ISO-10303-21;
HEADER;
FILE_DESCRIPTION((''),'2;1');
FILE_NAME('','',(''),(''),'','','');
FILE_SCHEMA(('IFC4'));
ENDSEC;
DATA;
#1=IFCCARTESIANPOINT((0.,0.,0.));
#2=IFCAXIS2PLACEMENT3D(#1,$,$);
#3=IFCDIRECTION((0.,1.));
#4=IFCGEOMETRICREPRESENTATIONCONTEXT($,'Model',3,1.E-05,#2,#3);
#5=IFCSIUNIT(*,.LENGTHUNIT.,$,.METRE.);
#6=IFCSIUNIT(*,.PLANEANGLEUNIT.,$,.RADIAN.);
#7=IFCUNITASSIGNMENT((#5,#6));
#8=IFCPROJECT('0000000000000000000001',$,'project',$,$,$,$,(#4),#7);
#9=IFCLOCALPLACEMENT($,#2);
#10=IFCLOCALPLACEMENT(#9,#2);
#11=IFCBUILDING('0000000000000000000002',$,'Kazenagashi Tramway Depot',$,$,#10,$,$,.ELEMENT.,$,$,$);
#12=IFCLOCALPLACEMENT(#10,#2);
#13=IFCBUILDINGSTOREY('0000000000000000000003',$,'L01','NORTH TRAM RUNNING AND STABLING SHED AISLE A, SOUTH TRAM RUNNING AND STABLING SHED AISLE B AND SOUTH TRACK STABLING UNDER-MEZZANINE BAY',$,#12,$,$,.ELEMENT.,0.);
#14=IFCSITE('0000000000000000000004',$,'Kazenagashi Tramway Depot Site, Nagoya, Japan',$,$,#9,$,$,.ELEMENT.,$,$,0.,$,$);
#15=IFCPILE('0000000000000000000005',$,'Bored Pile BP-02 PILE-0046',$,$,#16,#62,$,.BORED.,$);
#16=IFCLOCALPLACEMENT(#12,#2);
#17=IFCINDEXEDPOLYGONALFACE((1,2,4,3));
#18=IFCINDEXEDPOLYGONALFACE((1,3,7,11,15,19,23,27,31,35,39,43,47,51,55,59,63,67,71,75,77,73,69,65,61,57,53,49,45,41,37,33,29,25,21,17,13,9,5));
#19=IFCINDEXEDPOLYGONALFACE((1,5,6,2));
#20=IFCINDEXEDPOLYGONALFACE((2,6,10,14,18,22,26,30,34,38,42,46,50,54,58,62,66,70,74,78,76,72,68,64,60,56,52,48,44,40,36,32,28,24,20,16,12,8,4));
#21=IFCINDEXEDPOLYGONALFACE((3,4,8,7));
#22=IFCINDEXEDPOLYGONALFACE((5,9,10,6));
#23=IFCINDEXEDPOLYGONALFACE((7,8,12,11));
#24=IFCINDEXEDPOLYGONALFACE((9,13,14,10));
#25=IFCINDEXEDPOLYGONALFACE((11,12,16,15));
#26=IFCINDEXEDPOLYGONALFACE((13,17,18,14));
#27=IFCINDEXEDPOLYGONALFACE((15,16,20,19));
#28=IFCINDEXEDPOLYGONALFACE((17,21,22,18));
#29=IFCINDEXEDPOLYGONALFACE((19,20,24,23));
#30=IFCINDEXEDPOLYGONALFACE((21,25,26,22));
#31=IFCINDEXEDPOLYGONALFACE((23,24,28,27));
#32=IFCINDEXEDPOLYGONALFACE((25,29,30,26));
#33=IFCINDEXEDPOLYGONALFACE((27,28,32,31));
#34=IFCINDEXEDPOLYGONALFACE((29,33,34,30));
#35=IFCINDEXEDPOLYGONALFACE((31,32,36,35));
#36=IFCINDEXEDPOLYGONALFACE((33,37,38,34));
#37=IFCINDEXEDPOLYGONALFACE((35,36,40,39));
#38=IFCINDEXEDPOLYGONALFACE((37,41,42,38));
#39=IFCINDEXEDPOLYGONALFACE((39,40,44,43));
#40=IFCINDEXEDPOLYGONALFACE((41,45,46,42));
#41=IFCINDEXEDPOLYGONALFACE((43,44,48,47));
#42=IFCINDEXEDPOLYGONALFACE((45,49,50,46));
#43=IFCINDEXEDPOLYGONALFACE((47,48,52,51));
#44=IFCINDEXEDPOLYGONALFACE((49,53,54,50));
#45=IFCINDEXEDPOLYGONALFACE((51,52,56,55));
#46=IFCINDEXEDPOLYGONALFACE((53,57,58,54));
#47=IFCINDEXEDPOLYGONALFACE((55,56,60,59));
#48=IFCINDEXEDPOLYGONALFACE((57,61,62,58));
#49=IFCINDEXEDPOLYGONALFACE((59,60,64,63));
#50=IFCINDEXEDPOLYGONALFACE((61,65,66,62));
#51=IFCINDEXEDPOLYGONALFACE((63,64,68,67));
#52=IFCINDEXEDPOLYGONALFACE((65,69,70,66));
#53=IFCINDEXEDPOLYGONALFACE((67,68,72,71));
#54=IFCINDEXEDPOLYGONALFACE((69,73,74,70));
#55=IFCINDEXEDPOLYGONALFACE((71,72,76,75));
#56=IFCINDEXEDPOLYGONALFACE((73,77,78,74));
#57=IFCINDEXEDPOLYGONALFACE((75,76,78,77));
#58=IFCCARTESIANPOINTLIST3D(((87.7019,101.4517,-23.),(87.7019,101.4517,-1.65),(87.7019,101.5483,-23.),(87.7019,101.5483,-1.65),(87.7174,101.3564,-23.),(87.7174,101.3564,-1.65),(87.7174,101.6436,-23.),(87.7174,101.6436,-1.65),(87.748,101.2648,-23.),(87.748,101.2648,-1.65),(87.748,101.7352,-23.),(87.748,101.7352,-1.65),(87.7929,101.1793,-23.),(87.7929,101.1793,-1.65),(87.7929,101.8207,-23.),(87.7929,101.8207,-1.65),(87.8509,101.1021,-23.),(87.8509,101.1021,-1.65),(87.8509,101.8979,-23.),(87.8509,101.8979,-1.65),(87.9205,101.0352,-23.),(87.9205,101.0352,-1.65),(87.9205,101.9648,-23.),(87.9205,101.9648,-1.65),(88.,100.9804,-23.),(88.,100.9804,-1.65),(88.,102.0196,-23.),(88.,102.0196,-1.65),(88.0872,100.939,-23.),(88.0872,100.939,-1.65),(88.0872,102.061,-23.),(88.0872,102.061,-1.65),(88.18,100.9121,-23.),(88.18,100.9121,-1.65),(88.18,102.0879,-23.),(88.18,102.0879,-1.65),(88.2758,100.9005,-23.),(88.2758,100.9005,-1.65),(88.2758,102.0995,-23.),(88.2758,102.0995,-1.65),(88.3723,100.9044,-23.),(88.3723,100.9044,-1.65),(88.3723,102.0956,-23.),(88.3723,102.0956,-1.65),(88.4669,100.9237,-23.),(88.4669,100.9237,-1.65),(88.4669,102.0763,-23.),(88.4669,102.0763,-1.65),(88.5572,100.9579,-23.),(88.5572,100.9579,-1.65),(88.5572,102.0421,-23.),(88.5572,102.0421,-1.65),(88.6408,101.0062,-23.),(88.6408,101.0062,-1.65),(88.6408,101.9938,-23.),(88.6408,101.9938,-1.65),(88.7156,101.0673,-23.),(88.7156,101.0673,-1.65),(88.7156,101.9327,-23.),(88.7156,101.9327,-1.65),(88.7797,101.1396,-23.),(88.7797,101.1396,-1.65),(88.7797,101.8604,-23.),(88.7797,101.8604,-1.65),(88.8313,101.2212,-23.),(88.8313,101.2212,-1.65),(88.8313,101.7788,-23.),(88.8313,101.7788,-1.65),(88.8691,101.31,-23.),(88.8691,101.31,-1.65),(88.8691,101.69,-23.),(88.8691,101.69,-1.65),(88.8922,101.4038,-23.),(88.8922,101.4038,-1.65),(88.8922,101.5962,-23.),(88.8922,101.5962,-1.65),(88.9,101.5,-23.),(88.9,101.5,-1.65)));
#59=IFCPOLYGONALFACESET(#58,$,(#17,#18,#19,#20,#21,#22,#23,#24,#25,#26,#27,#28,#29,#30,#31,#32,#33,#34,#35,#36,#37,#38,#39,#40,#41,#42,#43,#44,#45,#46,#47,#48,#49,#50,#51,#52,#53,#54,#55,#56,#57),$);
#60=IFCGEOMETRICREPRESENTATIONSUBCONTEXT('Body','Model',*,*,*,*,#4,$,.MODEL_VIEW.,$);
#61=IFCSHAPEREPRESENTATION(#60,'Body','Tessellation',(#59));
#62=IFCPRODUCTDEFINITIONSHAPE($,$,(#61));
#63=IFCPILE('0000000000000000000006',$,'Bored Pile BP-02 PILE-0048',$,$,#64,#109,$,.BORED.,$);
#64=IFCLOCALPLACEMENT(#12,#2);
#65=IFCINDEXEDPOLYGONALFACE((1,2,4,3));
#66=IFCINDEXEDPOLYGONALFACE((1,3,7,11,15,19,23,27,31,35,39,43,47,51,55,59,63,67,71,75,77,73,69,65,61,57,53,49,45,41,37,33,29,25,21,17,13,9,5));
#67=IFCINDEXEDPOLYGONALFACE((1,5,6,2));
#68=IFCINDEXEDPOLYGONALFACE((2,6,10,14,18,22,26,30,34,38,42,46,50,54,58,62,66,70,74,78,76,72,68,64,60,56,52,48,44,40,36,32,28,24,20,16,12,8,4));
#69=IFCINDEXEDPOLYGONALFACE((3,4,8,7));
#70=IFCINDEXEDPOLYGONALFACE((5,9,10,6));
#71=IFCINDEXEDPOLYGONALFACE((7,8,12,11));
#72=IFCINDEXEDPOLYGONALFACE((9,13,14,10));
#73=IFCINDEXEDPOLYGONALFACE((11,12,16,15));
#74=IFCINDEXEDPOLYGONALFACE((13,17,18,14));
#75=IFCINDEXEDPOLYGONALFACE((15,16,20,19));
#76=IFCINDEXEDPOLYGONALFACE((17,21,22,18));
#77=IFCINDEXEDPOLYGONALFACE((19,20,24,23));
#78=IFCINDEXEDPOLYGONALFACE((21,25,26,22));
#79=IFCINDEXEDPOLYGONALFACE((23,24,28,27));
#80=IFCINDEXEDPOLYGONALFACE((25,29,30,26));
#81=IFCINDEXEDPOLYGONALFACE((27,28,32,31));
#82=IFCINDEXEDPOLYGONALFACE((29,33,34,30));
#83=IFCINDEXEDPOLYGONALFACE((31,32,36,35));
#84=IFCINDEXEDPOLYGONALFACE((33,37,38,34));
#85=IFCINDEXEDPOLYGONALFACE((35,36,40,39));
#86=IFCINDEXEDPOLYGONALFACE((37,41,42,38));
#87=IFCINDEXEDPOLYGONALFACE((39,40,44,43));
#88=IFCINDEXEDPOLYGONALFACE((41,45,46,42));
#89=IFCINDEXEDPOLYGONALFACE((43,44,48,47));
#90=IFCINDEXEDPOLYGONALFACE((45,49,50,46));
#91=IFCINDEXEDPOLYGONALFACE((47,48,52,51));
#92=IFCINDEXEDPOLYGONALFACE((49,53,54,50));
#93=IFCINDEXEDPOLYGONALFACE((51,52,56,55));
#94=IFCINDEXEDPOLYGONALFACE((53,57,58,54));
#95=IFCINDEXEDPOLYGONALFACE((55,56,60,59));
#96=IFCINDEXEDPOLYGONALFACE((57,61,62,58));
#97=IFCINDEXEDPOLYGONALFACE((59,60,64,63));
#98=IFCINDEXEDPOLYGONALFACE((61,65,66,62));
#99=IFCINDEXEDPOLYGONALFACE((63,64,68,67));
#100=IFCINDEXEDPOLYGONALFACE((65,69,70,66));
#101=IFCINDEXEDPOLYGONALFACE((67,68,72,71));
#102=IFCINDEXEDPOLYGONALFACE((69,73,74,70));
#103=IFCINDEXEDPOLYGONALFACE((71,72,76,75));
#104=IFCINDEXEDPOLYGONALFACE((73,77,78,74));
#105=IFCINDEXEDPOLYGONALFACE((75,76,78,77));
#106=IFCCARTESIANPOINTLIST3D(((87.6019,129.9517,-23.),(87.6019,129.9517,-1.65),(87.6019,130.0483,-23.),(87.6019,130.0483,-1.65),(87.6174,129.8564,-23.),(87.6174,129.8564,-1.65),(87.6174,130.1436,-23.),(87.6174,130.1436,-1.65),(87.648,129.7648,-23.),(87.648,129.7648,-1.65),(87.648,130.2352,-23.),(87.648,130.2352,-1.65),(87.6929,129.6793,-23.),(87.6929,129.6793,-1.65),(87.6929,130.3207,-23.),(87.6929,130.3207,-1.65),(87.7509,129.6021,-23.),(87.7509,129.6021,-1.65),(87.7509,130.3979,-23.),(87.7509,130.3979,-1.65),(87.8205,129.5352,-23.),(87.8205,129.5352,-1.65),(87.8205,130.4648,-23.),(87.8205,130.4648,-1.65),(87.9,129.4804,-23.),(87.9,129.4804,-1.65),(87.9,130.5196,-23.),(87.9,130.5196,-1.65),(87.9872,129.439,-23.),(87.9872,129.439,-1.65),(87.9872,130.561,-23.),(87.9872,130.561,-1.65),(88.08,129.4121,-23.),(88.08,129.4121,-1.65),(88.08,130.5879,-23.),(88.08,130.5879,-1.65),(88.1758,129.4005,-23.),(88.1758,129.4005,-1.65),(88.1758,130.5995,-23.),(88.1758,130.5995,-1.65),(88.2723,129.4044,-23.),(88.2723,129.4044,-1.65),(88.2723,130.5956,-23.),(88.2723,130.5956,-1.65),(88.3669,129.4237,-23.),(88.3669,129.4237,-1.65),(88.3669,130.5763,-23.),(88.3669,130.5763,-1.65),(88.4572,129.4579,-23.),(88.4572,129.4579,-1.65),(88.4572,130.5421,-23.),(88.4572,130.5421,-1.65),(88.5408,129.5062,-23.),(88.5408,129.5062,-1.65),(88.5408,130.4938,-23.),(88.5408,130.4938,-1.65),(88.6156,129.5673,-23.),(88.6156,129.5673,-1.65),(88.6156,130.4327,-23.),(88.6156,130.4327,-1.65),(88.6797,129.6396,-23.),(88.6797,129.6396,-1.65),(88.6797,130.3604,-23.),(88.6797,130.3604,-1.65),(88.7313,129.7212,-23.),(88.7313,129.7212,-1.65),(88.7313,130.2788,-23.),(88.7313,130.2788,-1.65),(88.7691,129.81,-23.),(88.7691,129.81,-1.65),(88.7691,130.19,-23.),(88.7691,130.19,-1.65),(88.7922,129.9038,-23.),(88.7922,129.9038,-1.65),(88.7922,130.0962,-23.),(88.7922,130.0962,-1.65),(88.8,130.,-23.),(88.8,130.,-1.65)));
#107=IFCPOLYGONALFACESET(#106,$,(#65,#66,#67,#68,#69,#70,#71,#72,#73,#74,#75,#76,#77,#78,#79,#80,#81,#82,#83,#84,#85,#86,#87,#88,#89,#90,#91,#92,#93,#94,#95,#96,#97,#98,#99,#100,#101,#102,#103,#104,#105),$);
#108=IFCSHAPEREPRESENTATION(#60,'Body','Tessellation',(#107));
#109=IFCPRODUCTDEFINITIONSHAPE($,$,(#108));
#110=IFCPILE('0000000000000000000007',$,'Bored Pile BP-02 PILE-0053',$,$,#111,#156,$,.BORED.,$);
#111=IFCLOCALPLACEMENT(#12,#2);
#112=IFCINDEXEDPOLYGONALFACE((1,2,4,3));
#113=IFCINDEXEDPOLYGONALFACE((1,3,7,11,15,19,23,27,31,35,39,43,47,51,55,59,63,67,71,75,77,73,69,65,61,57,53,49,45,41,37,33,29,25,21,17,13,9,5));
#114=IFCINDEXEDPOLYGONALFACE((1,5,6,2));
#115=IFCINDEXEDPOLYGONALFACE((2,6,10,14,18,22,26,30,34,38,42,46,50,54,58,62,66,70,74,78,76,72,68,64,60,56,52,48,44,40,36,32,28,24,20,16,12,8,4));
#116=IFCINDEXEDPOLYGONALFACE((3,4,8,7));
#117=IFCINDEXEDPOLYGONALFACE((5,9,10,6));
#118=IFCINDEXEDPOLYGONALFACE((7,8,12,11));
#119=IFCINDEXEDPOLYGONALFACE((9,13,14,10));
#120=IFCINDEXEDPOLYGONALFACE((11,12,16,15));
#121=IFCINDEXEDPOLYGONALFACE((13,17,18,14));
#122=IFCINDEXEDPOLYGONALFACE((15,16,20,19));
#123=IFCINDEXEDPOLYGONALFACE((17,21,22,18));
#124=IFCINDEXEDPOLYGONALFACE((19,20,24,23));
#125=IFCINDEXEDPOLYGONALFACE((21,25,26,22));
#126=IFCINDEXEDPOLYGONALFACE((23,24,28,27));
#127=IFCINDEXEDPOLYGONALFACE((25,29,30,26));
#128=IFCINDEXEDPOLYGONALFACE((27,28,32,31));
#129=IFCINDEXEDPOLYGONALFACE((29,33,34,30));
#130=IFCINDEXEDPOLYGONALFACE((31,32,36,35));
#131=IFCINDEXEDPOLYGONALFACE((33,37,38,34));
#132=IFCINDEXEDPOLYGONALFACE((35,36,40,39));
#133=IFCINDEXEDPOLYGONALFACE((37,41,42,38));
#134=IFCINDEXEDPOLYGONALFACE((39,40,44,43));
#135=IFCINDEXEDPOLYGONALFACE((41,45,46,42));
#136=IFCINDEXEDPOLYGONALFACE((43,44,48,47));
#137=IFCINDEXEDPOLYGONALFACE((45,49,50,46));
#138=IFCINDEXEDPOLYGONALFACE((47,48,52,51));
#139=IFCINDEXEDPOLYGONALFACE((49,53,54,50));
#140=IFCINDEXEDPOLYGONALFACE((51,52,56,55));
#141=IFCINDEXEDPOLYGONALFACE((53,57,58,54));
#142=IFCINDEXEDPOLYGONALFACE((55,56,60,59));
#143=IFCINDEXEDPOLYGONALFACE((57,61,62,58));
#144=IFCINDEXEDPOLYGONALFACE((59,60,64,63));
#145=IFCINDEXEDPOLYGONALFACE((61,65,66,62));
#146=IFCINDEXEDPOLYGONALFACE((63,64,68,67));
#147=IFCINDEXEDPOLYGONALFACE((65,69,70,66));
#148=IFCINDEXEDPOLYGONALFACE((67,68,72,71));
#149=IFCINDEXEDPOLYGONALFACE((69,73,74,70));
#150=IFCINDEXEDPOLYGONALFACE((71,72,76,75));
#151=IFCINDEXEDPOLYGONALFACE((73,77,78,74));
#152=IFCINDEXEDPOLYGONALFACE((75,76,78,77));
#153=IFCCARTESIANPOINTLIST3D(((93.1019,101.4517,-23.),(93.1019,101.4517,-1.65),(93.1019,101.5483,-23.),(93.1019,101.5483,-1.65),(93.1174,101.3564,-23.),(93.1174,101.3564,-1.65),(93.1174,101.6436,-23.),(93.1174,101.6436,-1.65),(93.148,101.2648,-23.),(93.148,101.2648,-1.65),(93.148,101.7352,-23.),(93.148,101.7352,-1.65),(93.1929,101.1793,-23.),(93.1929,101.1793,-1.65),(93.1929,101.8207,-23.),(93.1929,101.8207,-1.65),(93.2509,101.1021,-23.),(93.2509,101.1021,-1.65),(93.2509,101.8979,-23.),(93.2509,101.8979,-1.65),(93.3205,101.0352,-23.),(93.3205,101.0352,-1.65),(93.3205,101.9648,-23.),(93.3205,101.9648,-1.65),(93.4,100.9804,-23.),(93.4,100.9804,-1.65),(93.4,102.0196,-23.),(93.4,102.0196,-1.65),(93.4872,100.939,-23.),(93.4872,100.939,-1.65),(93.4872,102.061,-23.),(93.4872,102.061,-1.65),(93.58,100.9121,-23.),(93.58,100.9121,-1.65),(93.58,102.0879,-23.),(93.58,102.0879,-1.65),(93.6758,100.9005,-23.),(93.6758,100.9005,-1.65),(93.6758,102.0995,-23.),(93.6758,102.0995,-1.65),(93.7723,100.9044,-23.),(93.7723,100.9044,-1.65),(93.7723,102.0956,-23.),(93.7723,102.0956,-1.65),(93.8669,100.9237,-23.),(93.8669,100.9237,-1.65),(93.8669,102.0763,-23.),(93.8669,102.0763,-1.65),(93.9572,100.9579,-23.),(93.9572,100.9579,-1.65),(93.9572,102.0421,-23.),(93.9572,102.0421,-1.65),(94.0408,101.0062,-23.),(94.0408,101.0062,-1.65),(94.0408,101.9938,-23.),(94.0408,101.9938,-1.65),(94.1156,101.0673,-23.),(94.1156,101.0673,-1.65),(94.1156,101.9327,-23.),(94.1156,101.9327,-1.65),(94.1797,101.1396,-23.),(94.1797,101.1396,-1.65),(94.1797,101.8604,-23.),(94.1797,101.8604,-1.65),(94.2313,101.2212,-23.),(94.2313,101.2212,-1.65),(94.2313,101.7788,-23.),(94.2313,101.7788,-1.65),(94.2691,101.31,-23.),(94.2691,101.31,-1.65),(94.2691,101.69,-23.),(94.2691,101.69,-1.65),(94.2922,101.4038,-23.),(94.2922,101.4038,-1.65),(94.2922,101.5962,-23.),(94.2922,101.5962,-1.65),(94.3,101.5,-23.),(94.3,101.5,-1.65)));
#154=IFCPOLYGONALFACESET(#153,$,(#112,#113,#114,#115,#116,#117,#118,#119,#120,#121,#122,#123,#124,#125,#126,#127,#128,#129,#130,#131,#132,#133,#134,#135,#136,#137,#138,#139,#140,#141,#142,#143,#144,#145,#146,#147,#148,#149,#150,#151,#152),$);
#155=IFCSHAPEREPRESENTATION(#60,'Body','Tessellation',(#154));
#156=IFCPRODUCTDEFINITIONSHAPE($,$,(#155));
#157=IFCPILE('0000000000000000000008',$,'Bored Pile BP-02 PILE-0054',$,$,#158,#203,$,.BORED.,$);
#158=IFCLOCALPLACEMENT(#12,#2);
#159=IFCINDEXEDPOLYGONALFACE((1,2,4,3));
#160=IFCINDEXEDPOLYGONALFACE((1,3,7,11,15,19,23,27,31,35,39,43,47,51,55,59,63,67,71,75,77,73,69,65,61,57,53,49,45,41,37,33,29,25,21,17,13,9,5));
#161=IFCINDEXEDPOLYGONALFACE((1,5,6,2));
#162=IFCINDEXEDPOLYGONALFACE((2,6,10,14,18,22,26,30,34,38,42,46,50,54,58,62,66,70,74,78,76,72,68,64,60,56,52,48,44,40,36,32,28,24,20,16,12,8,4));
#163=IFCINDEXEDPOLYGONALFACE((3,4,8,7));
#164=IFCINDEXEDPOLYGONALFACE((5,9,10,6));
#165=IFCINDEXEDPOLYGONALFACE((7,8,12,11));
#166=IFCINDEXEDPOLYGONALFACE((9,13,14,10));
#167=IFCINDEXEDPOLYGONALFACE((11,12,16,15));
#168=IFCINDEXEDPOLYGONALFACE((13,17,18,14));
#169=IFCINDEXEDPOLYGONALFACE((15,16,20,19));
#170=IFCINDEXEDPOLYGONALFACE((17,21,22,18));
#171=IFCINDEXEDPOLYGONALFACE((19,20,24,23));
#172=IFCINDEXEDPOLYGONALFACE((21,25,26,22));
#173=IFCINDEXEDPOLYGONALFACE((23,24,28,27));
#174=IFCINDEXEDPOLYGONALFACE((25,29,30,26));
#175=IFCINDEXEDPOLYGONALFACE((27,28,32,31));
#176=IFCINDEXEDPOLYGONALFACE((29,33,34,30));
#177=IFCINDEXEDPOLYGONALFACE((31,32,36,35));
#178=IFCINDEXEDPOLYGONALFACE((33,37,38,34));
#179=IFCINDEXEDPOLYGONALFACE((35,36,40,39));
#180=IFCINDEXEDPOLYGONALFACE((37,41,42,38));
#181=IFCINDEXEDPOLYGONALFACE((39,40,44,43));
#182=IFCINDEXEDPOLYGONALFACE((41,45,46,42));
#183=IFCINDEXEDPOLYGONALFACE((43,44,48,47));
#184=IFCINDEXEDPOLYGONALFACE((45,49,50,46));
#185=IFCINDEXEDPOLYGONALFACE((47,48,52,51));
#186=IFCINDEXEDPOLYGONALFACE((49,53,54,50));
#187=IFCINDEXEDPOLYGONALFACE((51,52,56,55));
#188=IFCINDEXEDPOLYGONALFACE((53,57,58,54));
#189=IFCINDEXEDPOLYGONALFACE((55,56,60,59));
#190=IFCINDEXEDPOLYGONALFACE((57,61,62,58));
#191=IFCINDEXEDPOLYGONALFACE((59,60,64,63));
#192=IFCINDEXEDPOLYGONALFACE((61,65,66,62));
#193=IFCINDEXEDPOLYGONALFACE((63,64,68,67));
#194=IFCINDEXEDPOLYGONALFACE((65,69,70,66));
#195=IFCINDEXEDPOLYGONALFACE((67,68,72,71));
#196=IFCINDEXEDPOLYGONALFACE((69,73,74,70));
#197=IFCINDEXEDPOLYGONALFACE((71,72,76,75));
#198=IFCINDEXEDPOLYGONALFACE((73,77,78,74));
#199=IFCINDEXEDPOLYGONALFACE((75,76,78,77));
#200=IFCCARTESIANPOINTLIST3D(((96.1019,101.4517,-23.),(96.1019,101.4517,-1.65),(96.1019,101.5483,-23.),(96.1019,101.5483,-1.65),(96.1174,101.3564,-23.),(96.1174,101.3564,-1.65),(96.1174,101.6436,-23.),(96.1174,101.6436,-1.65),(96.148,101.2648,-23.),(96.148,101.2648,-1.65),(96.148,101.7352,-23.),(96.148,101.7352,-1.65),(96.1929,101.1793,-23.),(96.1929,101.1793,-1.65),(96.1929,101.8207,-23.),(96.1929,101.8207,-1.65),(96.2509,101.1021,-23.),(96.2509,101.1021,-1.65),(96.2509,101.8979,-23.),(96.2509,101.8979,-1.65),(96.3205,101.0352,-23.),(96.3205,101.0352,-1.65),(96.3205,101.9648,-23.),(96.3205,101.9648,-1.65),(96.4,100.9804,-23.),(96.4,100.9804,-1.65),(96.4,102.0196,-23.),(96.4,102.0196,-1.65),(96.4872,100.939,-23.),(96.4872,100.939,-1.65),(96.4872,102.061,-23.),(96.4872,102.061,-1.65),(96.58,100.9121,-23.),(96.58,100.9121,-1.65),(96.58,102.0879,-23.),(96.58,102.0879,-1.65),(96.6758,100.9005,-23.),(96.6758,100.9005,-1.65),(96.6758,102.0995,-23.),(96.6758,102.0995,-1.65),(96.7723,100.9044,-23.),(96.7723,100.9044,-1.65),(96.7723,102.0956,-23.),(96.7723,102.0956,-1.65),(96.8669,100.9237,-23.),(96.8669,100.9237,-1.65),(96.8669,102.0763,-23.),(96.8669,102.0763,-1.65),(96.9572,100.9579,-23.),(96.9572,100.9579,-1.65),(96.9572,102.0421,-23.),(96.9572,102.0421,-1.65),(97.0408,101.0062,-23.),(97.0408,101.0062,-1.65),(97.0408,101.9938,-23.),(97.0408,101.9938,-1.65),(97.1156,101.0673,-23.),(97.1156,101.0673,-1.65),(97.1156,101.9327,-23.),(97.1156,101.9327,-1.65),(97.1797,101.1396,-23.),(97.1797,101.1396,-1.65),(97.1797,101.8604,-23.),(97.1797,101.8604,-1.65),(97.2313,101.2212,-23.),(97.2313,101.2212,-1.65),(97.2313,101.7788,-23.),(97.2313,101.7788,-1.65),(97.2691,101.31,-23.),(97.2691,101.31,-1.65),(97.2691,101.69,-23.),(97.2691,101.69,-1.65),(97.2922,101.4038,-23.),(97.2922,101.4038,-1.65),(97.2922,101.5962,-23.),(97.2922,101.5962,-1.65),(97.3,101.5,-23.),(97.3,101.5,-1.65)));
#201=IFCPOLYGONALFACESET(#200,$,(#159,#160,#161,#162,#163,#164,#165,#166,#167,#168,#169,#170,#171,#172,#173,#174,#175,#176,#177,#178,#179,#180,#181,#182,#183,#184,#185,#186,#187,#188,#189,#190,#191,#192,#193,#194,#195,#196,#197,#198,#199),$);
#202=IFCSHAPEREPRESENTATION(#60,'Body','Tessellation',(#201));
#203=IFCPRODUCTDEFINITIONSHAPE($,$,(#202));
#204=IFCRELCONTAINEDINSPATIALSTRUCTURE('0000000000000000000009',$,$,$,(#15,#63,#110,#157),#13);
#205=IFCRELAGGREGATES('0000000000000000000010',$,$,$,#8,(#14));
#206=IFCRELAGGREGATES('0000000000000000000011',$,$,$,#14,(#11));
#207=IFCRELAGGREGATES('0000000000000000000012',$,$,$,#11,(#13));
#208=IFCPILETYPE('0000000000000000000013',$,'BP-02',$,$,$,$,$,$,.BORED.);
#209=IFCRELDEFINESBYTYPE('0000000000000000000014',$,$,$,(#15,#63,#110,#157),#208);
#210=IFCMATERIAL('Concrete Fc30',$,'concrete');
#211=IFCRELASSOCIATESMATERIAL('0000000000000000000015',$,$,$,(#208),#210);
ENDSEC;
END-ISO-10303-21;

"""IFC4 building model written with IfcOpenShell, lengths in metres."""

from ifc_helpers import new_model, si_unit, direction, frame, origin, origin_2d, place, context, subcontext, project, spatial, circle, extrude, material, material_profile, profile_set, type_object, element, save


model = new_model("IFC4")

# Units and contexts
model_context = context("Model", 3, precision=1e-05, world=origin(), true_north=direction((0.0, 1.0)))
body_context = subcontext(model_context, "Body", "Model", "MODEL_VIEW")
ifc_project = project(units=[si_unit("LENGTHUNIT", "METRE"), si_unit("PLANEANGLEUNIT", "RADIAN")], contexts=[model_context])

# Site, building, storey
site_placement = place(None, origin())
site = spatial("IfcSite", under=ifc_project, at=site_placement, Name="Kazenagashi Tramway Depot Site, Nagoya, Japan", CompositionType="ELEMENT", RefElevation=0.0)
building_placement = place(site_placement, origin())
building = spatial("IfcBuilding", under=site, at=building_placement, Name="Kazenagashi Tramway Depot", CompositionType="ELEMENT")
storey_placement = place(building_placement, origin())
storey = spatial("IfcBuildingStorey", under=building, at=storey_placement, Name="L01", Description="NORTH TRAM RUNNING AND STABLING SHED AISLE A, SOUTH TRAM RUNNING AND STABLING SHED AISLE B AND SOUTH TRACK STABLING UNDER-MEZZANINE BAY", CompositionType="ELEMENT", Elevation=0.0)

# Piles
ifc_material_1 = material(Name="Concrete Fc30", Category="concrete")
ifc_material_profile_1 = material_profile(ifc_material_1, circle(Radius=0.6, at=origin_2d()), Name="PILE-1200")
ifc_profile_set_1 = profile_set([ifc_material_profile_1], Name="Concrete Fc30")
pile_type = type_object("IfcPileType", Name="BP-02", PredefinedType="BORED", material=ifc_profile_set_1)
for number, where, z_axis, x_axis, name in (
    (1, (88.3, 101.5, -1.65), (0.0, 0.0, -1.0), (1.0, 0.0, 0.0), "Bored Pile BP-02 PILE-0046"),
    (2, (88.2, 130.0, -1.65), (0.0, 0.0, -1.0), (1.0, 0.0, 0.0), "Bored Pile BP-02 PILE-0048"),
    (3, (93.7, 101.5, -1.65), (0.0, 0.0, -1.0), (1.0, 0.0, 0.0), "Bored Pile BP-02 PILE-0053"),
    (4, (96.7, 101.5, -1.65), (0.0, 0.0, -1.0), (1.0, 0.0, 0.0), "Bored Pile BP-02 PILE-0054"),
):
    element("IfcPile", number, at=place(storey_placement, frame(where, z_axis=z_axis, x_axis=x_axis)), inside=storey, type_object=pile_type, Name=name, PredefinedType="BORED", context=body_context, shape_type="SweptSolid", body=[
        extrude(circle(Radius=0.6, at=origin_2d()), origin(), (0.0, 0.0, 1.0), 21.35),
    ])

save(model, "model.ifc")
